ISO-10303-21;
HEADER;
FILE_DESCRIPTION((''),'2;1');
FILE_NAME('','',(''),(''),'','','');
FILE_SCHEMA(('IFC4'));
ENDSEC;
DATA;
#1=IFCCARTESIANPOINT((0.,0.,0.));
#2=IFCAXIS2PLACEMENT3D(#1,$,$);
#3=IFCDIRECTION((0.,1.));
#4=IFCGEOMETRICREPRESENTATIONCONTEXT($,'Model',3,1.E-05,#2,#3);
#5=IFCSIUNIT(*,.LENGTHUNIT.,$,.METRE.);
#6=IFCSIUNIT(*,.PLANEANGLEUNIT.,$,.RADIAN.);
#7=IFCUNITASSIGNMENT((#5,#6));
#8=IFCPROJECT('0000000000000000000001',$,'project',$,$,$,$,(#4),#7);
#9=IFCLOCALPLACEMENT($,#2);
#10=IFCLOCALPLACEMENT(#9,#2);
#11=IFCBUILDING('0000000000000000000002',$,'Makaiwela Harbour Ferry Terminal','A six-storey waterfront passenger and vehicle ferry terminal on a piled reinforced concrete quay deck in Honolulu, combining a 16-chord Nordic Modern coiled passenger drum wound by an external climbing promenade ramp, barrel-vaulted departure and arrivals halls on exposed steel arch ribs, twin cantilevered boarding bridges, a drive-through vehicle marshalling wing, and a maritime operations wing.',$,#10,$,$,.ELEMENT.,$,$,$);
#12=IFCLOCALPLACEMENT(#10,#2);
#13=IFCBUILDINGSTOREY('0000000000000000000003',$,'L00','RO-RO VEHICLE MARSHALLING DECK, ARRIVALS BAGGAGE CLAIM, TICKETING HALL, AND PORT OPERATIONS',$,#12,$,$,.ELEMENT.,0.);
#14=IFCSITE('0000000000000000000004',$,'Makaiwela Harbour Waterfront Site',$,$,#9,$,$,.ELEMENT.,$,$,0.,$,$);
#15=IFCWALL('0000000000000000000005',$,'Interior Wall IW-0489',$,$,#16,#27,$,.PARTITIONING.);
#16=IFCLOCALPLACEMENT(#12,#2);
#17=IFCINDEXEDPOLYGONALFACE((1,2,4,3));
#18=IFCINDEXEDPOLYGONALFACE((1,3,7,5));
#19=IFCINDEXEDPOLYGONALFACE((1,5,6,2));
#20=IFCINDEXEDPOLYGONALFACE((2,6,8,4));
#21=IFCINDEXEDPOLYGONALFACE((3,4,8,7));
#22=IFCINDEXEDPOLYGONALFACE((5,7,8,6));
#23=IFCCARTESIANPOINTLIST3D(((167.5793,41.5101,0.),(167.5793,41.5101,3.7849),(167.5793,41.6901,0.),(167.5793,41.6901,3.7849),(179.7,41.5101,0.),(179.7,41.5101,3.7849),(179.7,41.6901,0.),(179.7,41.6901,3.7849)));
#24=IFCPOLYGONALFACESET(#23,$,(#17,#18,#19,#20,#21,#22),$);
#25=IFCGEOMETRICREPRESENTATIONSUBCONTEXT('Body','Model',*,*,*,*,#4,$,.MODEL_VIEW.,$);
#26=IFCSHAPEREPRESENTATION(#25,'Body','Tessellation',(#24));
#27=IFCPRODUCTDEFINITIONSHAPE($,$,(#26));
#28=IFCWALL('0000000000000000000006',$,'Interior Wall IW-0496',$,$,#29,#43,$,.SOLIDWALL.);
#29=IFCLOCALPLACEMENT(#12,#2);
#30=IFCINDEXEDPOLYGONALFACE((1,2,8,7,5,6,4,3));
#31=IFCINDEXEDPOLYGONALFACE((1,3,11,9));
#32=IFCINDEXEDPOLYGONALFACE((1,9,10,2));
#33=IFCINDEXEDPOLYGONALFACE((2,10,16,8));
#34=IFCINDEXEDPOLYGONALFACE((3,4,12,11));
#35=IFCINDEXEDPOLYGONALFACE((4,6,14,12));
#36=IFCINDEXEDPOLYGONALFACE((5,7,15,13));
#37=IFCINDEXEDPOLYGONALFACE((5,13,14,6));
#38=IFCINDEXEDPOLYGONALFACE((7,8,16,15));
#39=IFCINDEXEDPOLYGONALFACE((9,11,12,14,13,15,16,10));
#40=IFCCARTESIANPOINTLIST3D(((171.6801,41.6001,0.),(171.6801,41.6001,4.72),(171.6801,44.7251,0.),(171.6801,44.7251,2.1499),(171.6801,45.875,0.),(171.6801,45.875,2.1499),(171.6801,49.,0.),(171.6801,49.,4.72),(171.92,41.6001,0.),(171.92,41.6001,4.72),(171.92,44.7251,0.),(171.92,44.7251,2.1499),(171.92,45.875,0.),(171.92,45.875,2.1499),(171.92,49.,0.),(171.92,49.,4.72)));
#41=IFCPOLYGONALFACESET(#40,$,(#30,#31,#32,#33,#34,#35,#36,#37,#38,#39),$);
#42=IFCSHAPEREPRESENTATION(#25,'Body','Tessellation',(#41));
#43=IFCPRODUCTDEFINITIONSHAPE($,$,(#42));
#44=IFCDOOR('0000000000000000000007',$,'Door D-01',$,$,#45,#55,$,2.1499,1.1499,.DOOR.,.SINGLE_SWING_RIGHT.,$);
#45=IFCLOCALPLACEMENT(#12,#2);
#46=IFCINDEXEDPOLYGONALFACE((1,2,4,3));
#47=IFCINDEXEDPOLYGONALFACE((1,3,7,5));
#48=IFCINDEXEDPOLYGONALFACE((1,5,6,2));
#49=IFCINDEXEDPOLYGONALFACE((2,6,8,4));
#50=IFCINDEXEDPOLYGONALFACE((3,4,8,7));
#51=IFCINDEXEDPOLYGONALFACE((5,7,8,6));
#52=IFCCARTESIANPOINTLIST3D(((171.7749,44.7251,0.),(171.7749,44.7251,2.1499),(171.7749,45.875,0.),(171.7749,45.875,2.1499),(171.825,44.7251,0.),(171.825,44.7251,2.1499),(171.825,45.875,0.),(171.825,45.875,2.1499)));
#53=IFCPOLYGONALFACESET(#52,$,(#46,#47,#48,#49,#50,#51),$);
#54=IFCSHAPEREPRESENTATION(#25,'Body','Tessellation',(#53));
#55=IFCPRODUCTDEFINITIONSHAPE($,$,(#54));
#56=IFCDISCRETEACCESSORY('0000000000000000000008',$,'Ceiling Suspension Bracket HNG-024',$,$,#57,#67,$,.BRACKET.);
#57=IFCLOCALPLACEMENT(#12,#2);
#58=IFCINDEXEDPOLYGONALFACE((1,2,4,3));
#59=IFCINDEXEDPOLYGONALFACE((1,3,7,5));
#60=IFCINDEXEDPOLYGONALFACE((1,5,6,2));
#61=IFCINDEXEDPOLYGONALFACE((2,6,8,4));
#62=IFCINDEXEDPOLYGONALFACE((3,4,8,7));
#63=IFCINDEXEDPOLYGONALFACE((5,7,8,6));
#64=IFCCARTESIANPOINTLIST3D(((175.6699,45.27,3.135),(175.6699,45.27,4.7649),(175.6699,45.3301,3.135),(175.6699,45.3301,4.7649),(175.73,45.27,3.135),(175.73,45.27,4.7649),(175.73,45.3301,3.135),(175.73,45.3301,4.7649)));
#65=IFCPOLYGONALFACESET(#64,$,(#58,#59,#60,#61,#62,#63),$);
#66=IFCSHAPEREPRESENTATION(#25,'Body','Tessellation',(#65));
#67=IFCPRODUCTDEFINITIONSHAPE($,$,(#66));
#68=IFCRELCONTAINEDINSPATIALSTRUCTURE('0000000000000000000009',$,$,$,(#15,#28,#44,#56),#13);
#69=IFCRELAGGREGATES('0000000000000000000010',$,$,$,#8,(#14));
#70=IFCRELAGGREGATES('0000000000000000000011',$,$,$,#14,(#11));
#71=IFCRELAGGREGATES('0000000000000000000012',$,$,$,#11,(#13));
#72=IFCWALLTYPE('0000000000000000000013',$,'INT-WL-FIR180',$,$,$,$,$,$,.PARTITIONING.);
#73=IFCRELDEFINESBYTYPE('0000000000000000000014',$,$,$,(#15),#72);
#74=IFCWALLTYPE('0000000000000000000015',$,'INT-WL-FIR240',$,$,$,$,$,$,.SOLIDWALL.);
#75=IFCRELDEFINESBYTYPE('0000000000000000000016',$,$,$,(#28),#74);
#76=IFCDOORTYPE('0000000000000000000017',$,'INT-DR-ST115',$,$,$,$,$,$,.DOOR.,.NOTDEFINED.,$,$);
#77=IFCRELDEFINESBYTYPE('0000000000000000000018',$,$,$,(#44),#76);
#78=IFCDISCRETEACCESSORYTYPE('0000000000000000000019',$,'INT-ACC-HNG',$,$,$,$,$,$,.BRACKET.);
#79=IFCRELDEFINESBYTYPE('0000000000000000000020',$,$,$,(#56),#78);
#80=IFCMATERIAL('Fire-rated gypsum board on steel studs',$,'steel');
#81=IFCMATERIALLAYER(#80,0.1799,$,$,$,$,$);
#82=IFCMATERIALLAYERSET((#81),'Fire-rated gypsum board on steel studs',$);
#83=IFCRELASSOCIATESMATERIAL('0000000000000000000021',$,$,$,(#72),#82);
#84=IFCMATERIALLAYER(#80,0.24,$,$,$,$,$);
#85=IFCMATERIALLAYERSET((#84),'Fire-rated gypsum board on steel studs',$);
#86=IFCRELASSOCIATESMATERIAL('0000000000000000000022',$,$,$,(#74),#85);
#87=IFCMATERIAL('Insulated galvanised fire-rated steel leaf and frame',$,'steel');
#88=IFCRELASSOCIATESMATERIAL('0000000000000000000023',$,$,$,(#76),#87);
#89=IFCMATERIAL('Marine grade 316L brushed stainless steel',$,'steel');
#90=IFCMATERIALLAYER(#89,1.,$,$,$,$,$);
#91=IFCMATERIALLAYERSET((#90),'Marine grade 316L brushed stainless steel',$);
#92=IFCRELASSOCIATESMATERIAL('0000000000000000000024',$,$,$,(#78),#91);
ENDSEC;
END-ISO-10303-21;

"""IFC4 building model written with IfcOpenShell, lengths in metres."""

from ifc_helpers import new_model, si_unit, direction, frame, frame_2d, origin, origin_2d, place, context, subcontext, project, spatial, rectangle, extrude, material, layer, layer_set, type_object, element, fill, save


model = new_model("IFC4")

# Units and contexts
model_context = context("Model", 3, precision=1e-05, world=origin(), true_north=direction((0.0, 1.0)))
body_context = subcontext(model_context, "Body", "Model", "MODEL_VIEW")
ifc_project = project(units=[si_unit("LENGTHUNIT", "METRE"), si_unit("PLANEANGLEUNIT", "RADIAN")], contexts=[model_context])

# Site, building, storey
site_placement = place(None, origin())
site = spatial("IfcSite", under=ifc_project, at=site_placement, Name="Makaiwela Harbour Waterfront Site", CompositionType="ELEMENT", RefElevation=0.0)
building_placement = place(site_placement, origin())
building = spatial("IfcBuilding", under=site, at=building_placement, Name="Makaiwela Harbour Ferry Terminal", Description="A six-storey waterfront passenger and vehicle ferry terminal on a piled reinforced concrete quay deck in Honolulu, combining a 16-chord Nordic Modern coiled passenger drum wound by an external climbing promenade ramp, barrel-vaulted departure and arrivals halls on exposed steel arch ribs, twin cantilevered boarding bridges, a drive-through vehicle marshalling wing, and a maritime operations wing.", CompositionType="ELEMENT")
storey_placement = place(building_placement, origin())
storey = spatial("IfcBuildingStorey", under=building, at=storey_placement, Name="L00", Description="RO-RO VEHICLE MARSHALLING DECK, ARRIVALS BAGGAGE CLAIM, TICKETING HALL, AND PORT OPERATIONS", CompositionType="ELEMENT", Elevation=0.0)

# Wall
ifc_material_1 = material(Name="Fire-rated gypsum board on steel studs", Category="steel")
ifc_layer_1 = layer(ifc_material_1, 0.1799)
ifc_layer_set_1 = layer_set([ifc_layer_1], Name="Fire-rated gypsum board on steel studs")
wall_type_1 = type_object("IfcWallType", Name="INT-WL-FIR180", PredefinedType="PARTITIONING", material=ifc_layer_set_1)
wall_1_placement = place(storey_placement, frame((167.5793, 41.6001, 0.0), z_axis=(0.0, 0.0, 1.0), x_axis=(1.0, 0.0, 0.0)))
element("IfcWall", 1, at=wall_1_placement, inside=storey, type_object=wall_type_1, Name="Interior Wall IW-0489", PredefinedType="PARTITIONING", context=body_context, shape_type="SweptSolid", body=[
    extrude(rectangle(XDim=12.1206, YDim=0.1799, at=frame_2d((6.0603, 0.0))), origin(), (0.0, 0.0, 1.0), 3.7849),
])

# Wall, opening, door
ifc_layer_2 = layer(ifc_material_1, 0.24)
ifc_layer_set_2 = layer_set([ifc_layer_2], Name="Fire-rated gypsum board on steel studs")
wall_type_2 = type_object("IfcWallType", Name="INT-WL-FIR240", PredefinedType="SOLIDWALL", material=ifc_layer_set_2)
wall_2_placement = place(storey_placement, frame((171.8, 41.6001, 0.0), z_axis=(0.0, 0.0, 1.0), x_axis=(0.0, 1.0, 0.0)))
wall_2 = element("IfcWall", 2, at=wall_2_placement, inside=storey, type_object=wall_type_2, Name="Interior Wall IW-0496", PredefinedType="SOLIDWALL", context=body_context, shape_type="SweptSolid", body=[
    extrude(rectangle(XDim=7.3999, YDim=0.24, at=frame_2d((3.7, 0.0))), origin(), (0.0, 0.0, 1.0), 4.72),
])
opening_1_placement = place(wall_2_placement, frame((3.125, 0.0, 0.0)))
opening_1 = element("IfcOpeningElement", 3, at=opening_1_placement, cuts=wall_2, PredefinedType="OPENING", context=body_context, shape_type="SweptSolid", body=[
    extrude(rectangle(XDim=1.1499, YDim=2.1499, at=frame_2d((0.575, 1.075))), frame((0.0, 0.1299, 0.0), z_axis=(0.0, -1.0, 0.0), x_axis=(1.0, 0.0, 0.0)), (0.0, 0.0, 1.0), 0.26),
])
ifc_material_2 = material(Name="Insulated galvanised fire-rated steel leaf and frame", Category="steel")
door_type = type_object("IfcDoorType", Name="INT-DR-ST115", OperationType="NOTDEFINED", PredefinedType="DOOR", material=ifc_material_2)
door_placement = place(opening_1_placement, frame((1.1499, 0.0, 0.0), z_axis=(0.0, 0.0, 1.0), x_axis=(-1.0, 0.0, 0.0)))
door = element("IfcDoor", 4, at=door_placement, inside=storey, type_object=door_type, Name="Door D-01", OperationType="SINGLE_SWING_RIGHT", OverallHeight=2.1499, OverallWidth=1.1499, PredefinedType="DOOR", context=body_context, shape_type="SweptSolid", body=[
    extrude(rectangle(XDim=1.1499, YDim=2.1499, at=frame_2d((0.575, 1.075))), frame((0.0, 0.0249, 0.0), z_axis=(0.0, -1.0, 0.0), x_axis=(1.0, 0.0, 0.0)), (0.0, 0.0, 1.0), 0.05),
])
fill(opening_1, door)

# Discrete accessory
ifc_material_3 = material(Name="Marine grade 316L brushed stainless steel", Category="steel")
ifc_layer_3 = layer(ifc_material_3, 1.0)
ifc_layer_set_3 = layer_set([ifc_layer_3], Name="Marine grade 316L brushed stainless steel")
discrete_accessory_type = type_object("IfcDiscreteAccessoryType", Name="INT-ACC-HNG", PredefinedType="BRACKET", material=ifc_layer_set_3)
discrete_accessory_placement = place(storey_placement, frame((175.7, 45.3, 3.135), z_axis=(0.0, 0.0, 1.0), x_axis=(1.0, 0.0, 0.0)))
element("IfcDiscreteAccessory", 5, at=discrete_accessory_placement, inside=storey, type_object=discrete_accessory_type, Name="Ceiling Suspension Bracket HNG-024", PredefinedType="BRACKET", context=body_context, shape_type="SweptSolid", body=[
    extrude(rectangle(XDim=0.0601, YDim=0.0601, at=origin_2d()), origin(), (0.0, 0.0, 1.0), 1.6299),
])

save(model, "model.ifc")
